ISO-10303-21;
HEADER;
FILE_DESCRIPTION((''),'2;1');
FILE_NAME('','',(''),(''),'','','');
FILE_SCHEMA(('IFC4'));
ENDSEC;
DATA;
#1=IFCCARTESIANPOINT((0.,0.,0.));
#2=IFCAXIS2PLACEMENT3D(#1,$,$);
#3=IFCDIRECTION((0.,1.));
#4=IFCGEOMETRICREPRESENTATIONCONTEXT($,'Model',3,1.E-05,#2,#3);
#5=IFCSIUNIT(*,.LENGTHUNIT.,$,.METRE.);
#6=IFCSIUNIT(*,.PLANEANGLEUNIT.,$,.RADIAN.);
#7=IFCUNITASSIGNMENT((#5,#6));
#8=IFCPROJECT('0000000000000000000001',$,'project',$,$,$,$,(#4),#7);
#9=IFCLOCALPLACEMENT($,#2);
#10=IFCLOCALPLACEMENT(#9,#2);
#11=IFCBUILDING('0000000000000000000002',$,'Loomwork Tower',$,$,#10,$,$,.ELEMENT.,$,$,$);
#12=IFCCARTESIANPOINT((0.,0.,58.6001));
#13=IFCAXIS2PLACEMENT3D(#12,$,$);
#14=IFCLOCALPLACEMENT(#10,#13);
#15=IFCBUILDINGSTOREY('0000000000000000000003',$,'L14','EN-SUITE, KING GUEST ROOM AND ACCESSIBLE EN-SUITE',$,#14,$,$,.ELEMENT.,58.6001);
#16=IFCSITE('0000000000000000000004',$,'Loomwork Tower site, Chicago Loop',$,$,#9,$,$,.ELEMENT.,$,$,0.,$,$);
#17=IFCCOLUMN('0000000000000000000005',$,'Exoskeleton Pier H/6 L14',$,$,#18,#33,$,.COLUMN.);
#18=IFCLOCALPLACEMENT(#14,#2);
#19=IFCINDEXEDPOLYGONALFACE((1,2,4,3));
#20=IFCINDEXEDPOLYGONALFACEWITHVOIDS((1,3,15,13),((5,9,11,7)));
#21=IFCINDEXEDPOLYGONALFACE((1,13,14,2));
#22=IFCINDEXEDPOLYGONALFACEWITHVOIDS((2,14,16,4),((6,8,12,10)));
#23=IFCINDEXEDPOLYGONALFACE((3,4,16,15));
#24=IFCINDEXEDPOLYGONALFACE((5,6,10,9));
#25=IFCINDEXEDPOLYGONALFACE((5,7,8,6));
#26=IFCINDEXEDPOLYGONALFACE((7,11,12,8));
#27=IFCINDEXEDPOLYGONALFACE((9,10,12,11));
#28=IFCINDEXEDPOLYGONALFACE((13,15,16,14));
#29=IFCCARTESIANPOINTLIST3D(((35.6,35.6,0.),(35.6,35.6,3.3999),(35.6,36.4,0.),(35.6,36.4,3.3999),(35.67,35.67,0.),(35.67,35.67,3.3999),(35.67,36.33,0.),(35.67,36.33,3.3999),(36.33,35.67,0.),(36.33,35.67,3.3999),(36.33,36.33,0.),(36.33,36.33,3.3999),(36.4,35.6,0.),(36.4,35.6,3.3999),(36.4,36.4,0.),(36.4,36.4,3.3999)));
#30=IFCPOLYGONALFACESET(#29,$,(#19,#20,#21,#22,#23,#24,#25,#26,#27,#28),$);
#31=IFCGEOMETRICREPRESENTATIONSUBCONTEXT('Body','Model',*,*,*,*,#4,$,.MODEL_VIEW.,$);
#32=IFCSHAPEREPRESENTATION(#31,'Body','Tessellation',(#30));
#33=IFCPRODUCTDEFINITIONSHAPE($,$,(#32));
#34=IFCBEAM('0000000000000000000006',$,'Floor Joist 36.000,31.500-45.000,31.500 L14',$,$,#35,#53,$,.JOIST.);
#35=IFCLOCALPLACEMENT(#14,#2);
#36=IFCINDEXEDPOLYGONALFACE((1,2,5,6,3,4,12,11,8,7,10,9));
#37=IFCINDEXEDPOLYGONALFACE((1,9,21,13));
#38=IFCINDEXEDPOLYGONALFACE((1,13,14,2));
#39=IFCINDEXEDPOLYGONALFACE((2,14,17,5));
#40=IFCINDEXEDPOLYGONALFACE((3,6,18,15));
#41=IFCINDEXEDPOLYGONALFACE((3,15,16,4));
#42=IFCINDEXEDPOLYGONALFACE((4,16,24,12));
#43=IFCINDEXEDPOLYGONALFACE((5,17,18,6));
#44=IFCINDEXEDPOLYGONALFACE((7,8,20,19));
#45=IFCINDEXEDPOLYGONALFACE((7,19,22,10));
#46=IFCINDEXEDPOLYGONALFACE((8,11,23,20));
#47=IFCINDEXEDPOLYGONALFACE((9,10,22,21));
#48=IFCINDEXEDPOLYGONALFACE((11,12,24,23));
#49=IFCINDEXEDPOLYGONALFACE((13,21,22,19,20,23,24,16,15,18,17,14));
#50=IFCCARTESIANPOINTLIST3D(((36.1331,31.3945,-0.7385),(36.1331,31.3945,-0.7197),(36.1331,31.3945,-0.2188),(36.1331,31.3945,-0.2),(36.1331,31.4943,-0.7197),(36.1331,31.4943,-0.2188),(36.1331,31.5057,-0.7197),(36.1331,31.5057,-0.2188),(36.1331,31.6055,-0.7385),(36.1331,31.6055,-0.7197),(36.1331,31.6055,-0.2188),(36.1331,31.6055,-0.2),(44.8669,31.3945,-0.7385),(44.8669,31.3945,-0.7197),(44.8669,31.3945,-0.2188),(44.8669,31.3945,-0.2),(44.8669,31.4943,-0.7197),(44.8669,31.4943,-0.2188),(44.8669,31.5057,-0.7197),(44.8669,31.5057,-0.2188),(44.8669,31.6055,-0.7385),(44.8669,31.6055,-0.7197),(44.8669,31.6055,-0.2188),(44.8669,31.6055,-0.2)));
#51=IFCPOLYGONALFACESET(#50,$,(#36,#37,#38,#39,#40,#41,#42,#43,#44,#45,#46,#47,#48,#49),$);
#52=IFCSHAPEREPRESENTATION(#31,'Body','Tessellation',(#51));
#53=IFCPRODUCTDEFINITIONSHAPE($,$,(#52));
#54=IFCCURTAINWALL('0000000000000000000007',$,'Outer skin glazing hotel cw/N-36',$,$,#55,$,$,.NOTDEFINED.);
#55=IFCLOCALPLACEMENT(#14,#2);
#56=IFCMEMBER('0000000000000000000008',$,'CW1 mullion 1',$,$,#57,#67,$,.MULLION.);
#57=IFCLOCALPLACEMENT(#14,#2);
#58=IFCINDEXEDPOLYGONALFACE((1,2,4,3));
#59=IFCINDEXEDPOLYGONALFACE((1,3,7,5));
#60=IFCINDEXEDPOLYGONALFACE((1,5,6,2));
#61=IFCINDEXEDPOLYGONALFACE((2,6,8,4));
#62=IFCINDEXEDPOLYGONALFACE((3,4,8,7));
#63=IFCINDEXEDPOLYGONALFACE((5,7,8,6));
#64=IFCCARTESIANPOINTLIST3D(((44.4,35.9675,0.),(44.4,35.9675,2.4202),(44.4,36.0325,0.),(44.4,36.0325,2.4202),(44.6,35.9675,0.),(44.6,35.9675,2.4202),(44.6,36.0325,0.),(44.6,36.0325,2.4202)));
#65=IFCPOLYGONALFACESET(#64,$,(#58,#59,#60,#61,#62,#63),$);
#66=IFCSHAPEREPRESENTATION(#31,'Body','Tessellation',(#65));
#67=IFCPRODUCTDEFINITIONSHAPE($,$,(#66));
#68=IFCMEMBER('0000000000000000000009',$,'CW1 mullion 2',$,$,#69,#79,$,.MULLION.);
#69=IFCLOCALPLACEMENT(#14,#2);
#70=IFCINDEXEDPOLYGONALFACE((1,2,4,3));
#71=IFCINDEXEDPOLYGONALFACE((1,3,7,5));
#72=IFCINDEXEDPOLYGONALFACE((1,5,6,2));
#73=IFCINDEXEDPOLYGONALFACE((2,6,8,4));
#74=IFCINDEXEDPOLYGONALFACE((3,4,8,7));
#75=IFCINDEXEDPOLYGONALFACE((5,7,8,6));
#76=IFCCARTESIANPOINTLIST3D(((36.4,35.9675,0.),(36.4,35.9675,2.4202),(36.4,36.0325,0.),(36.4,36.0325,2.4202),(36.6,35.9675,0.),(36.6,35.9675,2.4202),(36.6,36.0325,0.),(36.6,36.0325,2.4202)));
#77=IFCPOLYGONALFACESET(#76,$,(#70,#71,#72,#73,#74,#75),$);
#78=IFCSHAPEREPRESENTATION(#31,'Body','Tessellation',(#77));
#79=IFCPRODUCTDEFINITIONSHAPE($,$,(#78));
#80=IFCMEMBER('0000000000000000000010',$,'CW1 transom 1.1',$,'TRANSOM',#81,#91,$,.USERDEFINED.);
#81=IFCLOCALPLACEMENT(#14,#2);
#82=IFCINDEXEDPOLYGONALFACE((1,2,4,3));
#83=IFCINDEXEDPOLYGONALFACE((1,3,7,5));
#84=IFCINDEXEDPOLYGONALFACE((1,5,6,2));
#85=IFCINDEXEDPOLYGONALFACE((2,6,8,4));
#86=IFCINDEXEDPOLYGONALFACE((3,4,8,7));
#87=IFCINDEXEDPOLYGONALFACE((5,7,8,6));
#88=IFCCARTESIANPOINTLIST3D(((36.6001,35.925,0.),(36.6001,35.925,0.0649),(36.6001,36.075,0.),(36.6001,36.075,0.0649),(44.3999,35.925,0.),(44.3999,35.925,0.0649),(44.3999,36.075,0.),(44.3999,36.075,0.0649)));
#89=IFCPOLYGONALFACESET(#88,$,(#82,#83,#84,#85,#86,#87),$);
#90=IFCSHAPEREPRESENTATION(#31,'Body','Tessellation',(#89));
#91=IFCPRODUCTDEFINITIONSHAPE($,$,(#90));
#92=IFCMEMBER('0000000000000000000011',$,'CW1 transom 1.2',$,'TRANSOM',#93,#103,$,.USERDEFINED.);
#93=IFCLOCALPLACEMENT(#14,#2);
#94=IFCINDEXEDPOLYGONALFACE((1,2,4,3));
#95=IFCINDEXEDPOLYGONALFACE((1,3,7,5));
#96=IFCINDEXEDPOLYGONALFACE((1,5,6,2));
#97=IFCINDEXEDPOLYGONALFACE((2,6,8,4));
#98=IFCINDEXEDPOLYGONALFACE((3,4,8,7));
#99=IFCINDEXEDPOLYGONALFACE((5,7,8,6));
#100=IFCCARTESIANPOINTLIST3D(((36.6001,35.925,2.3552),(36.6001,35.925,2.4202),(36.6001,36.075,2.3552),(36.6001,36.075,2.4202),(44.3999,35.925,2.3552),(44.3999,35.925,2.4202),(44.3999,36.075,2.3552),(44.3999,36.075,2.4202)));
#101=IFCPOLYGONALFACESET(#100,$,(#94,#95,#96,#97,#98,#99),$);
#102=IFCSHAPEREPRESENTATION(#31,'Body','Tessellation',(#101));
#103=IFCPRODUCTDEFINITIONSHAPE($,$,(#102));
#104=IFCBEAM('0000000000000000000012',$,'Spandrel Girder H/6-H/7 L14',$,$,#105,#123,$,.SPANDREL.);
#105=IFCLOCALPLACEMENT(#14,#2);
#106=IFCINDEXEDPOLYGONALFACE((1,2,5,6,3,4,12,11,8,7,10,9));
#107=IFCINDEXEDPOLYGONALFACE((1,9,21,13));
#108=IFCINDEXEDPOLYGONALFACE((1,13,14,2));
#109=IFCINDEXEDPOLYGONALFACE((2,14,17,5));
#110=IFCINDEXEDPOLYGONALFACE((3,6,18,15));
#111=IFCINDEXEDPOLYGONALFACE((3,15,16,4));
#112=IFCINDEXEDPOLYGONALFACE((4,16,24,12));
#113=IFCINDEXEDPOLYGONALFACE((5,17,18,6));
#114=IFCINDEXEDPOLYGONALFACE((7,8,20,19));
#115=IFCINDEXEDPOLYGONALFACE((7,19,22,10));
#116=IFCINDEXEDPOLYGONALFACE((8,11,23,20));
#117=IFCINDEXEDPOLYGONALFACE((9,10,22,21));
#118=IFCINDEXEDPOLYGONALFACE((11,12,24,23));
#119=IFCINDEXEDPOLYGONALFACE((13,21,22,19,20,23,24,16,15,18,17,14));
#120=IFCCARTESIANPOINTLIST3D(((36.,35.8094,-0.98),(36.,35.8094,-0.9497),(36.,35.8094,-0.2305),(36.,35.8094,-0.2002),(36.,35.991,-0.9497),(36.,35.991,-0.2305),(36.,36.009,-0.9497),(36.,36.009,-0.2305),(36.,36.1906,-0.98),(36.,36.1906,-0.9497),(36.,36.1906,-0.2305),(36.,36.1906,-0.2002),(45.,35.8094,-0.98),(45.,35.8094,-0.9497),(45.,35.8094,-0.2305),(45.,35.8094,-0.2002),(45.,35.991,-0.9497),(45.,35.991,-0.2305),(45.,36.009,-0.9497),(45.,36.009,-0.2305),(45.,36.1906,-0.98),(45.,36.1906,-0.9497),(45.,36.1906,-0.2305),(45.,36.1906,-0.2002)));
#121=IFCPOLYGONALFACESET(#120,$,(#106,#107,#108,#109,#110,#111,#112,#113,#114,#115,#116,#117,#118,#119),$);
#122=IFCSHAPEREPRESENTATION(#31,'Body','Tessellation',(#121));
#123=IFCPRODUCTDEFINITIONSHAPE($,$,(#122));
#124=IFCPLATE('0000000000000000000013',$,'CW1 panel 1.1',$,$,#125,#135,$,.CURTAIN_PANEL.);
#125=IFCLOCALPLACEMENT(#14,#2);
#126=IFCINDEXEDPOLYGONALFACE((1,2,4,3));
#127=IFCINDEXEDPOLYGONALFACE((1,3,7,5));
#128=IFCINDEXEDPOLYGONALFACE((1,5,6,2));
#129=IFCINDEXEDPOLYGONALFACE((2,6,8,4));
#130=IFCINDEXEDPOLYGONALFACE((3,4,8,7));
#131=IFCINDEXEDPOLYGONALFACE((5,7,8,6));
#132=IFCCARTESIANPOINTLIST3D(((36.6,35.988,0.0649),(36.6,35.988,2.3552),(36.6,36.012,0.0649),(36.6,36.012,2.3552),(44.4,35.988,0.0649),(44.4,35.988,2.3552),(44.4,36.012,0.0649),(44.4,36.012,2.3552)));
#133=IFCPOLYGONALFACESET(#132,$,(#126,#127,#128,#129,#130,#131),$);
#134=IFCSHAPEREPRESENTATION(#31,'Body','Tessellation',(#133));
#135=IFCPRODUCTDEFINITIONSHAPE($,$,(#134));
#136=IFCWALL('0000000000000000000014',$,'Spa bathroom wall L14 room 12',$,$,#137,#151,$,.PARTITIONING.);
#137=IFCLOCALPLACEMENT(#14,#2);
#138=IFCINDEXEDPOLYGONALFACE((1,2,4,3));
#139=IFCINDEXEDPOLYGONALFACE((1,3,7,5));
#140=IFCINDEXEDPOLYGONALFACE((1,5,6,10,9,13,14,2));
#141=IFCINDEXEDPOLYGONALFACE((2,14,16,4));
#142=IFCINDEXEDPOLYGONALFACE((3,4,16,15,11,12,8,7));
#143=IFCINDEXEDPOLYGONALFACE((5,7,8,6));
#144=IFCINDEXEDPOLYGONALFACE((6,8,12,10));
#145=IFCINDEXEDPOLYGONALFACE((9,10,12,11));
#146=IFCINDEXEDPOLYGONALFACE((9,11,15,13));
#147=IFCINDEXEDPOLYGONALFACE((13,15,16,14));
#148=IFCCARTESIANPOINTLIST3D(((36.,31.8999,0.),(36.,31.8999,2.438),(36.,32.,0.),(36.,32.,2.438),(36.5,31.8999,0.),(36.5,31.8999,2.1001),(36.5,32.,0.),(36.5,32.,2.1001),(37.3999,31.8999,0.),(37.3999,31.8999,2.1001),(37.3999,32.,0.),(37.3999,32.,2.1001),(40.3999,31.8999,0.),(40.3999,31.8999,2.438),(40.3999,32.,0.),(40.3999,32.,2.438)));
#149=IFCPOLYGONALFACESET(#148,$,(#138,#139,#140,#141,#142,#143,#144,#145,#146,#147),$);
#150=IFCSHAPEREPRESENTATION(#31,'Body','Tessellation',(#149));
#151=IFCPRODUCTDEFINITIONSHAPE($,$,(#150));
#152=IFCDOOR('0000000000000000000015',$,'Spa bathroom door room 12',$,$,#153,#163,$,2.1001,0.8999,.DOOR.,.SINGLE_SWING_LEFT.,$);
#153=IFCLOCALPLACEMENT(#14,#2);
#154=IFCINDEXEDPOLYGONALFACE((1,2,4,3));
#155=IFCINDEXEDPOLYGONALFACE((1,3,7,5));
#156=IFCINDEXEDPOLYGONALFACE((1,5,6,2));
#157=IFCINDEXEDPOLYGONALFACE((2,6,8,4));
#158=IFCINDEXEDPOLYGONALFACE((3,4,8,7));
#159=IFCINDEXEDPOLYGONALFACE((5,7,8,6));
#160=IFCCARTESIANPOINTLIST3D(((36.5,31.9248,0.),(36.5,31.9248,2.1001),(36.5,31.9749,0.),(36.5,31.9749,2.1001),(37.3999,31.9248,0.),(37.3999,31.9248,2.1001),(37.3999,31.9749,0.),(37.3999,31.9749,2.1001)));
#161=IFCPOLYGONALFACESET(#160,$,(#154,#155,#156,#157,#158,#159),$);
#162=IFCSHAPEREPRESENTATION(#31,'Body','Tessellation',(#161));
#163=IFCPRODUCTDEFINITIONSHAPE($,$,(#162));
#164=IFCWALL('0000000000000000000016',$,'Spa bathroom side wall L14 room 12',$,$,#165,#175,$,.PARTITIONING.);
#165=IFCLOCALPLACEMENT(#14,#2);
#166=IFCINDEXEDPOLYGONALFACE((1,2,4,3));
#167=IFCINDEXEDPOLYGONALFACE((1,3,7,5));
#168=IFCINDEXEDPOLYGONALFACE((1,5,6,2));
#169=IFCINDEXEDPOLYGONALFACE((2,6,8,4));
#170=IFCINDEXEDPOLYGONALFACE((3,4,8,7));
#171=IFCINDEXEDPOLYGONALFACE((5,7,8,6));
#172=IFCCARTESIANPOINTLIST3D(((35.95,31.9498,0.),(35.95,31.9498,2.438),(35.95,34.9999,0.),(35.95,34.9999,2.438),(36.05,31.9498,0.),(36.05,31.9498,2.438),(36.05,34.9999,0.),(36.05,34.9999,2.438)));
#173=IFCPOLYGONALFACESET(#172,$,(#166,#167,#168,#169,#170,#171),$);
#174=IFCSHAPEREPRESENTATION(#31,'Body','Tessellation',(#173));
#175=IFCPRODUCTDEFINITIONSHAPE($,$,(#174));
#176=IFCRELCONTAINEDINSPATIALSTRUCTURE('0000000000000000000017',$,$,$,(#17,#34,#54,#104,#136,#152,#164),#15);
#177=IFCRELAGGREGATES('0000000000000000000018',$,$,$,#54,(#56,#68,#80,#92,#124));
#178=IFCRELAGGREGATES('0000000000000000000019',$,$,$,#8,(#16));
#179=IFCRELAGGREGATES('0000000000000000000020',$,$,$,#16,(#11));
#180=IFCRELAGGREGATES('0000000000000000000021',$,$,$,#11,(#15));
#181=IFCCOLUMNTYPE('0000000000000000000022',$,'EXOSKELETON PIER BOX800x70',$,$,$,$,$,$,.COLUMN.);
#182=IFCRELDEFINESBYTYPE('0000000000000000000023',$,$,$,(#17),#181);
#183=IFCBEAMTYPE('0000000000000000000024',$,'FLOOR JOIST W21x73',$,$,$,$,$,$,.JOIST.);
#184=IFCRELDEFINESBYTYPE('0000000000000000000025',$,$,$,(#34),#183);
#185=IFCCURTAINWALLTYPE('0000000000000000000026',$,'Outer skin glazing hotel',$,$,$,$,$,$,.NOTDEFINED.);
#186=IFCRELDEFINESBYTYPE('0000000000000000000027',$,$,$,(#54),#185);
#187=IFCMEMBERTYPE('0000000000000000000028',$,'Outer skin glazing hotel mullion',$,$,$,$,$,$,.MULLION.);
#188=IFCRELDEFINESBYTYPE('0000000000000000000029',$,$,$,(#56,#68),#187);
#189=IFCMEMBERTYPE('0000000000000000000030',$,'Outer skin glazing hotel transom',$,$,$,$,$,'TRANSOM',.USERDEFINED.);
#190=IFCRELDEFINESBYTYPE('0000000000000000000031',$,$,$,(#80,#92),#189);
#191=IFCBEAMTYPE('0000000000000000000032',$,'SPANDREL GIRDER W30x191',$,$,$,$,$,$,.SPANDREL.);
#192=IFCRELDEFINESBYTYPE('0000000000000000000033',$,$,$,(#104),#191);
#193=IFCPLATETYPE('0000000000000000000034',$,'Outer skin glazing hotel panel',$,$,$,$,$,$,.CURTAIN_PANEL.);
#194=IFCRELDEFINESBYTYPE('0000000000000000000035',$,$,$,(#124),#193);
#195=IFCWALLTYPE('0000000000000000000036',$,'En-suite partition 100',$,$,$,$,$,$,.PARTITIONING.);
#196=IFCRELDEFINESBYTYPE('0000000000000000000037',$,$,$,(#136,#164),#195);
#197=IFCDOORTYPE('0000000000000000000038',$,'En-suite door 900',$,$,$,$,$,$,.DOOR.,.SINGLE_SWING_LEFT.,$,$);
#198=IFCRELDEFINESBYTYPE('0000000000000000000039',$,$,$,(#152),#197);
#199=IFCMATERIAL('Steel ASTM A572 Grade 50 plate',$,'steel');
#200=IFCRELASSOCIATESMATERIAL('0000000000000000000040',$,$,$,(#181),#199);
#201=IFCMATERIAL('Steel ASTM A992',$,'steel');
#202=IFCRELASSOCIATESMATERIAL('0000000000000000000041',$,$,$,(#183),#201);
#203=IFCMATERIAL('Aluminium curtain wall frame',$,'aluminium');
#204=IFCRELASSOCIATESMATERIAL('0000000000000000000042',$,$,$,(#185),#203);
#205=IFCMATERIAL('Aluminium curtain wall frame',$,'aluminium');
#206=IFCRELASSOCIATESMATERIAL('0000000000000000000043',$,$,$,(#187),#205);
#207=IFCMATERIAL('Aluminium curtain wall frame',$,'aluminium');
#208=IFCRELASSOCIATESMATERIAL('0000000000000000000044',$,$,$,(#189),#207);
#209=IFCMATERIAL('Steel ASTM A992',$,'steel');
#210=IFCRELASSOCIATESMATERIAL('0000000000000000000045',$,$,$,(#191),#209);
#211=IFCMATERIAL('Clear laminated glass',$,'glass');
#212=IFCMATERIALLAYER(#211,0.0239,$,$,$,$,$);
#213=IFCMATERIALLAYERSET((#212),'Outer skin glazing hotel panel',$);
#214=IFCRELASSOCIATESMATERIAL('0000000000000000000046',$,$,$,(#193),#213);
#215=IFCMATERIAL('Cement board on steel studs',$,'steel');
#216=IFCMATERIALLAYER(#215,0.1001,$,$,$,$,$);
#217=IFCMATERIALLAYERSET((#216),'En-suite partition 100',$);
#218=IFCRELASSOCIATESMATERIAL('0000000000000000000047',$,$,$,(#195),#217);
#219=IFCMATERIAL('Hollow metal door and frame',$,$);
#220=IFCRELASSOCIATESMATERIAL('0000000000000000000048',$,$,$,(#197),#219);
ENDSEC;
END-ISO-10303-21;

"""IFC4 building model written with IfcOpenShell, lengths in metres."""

from ifc_helpers import new_model, si_unit, direction, frame, frame_2d, origin, origin_2d, place, context, subcontext, project, spatial, rectangle, hollow_rectangle, i_section, extrude, material, layer, layer_set, material_profile, profile_set, type_object, element, fill, aggregate, save


model = new_model("IFC4")

# Units and contexts
model_context = context("Model", 3, precision=1e-05, world=origin(), true_north=direction((0.0, 1.0)))
body_context = subcontext(model_context, "Body", "Model", "MODEL_VIEW")
ifc_project = project(units=[si_unit("LENGTHUNIT", "METRE"), si_unit("PLANEANGLEUNIT", "RADIAN")], contexts=[model_context])

# Site, building, storey
site_placement = place(None, origin())
site = spatial("IfcSite", under=ifc_project, at=site_placement, Name="Loomwork Tower site, Chicago Loop", CompositionType="ELEMENT", RefElevation=0.0)
building_placement = place(site_placement, origin())
building = spatial("IfcBuilding", under=site, at=building_placement, Name="Loomwork Tower", CompositionType="ELEMENT")
storey_placement = place(building_placement, frame((0.0, 0.0, 58.6001)))
storey = spatial("IfcBuildingStorey", under=building, at=storey_placement, Name="L14", Description="EN-SUITE, KING GUEST ROOM AND ACCESSIBLE EN-SUITE", CompositionType="ELEMENT", Elevation=58.6001)

# Column
ifc_material_1 = material(Name="Steel ASTM A572 Grade 50 plate", Category="steel")
ifc_material_profile_1 = material_profile(ifc_material_1, hollow_rectangle(XDim=0.8, YDim=0.8, WallThickness=0.0701, at=origin_2d()), Name="BOX800x70")
ifc_profile_set_1 = profile_set([ifc_material_profile_1], Name="Steel ASTM A572 Grade 50 plate")
column_type = type_object("IfcColumnType", Name="EXOSKELETON PIER BOX800x70", PredefinedType="COLUMN", material=ifc_profile_set_1)
column_placement = place(storey_placement, frame((36.0, 36.0, 0.0), z_axis=(0.0, 0.0, 1.0), x_axis=(1.0, 0.0, 0.0)))
element("IfcColumn", 1, at=column_placement, inside=storey, type_object=column_type, Name="Exoskeleton Pier H/6 L14", PredefinedType="COLUMN", context=body_context, shape_type="SweptSolid", body=[
    extrude(hollow_rectangle(XDim=0.8, YDim=0.8, WallThickness=0.0701, at=origin_2d()), origin(), (0.0, 0.0, 1.0), 3.3999),
])

# Beam
ifc_material_2 = material(Name="Steel ASTM A992", Category="steel")
ifc_material_profile_2 = material_profile(ifc_material_2, i_section(OverallWidth=0.2109, OverallDepth=0.5386, WebThickness=0.0115, FlangeThickness=0.0188, at=origin_2d()), Name="W21x73")
ifc_profile_set_2 = profile_set([ifc_material_profile_2], Name="Steel ASTM A992")
beam_type_1 = type_object("IfcBeamType", Name="FLOOR JOIST W21x73", PredefinedType="JOIST", material=ifc_profile_set_2)
beam_1_placement = place(storey_placement, frame((36.1331, 31.5, -0.4692), z_axis=(1.0, 0.0, 0.0), x_axis=(0.0, 1.0, 0.0)))
element("IfcBeam", 2, at=beam_1_placement, inside=storey, type_object=beam_type_1, Name="Floor Joist 36.000,31.500-45.000,31.500 L14", PredefinedType="JOIST", context=body_context, shape_type="SweptSolid", body=[
    extrude(i_section(OverallWidth=0.2109, OverallDepth=0.5386, WebThickness=0.0115, FlangeThickness=0.0188, at=origin_2d()), origin(), (0.0, 0.0, 1.0), 8.7339),
])

# Curtain wall, members
ifc_material_3 = material(Name="Aluminium curtain wall frame", Category="aluminium")
curtain_wall_type = type_object("IfcCurtainWallType", Name="Outer skin glazing hotel", PredefinedType="NOTDEFINED", material=ifc_material_3)
curtain_wall_placement = place(storey_placement, origin())
curtain_wall = element("IfcCurtainWall", 3, at=curtain_wall_placement, inside=storey, type_object=curtain_wall_type, Name="Outer skin glazing hotel cw/N-36", PredefinedType="NOTDEFINED")
ifc_material_4 = material(Name="Aluminium curtain wall frame", Category="aluminium")
ifc_material_profile_3 = material_profile(ifc_material_4, rectangle(XDim=0.0649, YDim=0.2, at=origin_2d()), Name="AL 65x200")
ifc_profile_set_3 = profile_set([ifc_material_profile_3], Name="Aluminium curtain wall frame")
member_type_1 = type_object("IfcMemberType", Name="Outer skin glazing hotel mullion", PredefinedType="MULLION", material=ifc_profile_set_3)
member_1_placement = place(storey_placement, frame((44.5, 36.0, 0.0), z_axis=(0.0, 0.0, 1.0), x_axis=(0.0, -1.0, 0.0)))
member_1 = element("IfcMember", 4, at=member_1_placement, type_object=member_type_1, Name="CW1 mullion 1", PredefinedType="MULLION", context=body_context, shape_type="SweptSolid", body=[
    extrude(rectangle(XDim=0.0649, YDim=0.2, at=origin_2d()), origin(), (0.0, 0.0, 1.0), 2.4202),
])
member_2_placement = place(storey_placement, frame((36.5, 36.0, 0.0), z_axis=(0.0, 0.0, 1.0), x_axis=(0.0, -1.0, 0.0)))
member_2 = element("IfcMember", 5, at=member_2_placement, type_object=member_type_1, Name="CW1 mullion 2", PredefinedType="MULLION", context=body_context, shape_type="SweptSolid", body=[
    extrude(rectangle(XDim=0.0649, YDim=0.2, at=origin_2d()), origin(), (0.0, 0.0, 1.0), 2.4202),
])
ifc_material_5 = material(Name="Aluminium curtain wall frame", Category="aluminium")
ifc_material_profile_4 = material_profile(ifc_material_5, rectangle(XDim=0.1499, YDim=0.0649, at=origin_2d()), Name="AL 65x150")
ifc_profile_set_4 = profile_set([ifc_material_profile_4], Name="Aluminium curtain wall frame")
member_type_2 = type_object("IfcMemberType", Name="Outer skin glazing hotel transom", ElementType="TRANSOM", PredefinedType="USERDEFINED", material=ifc_profile_set_4)
member_3_placement = place(storey_placement, frame((44.3999, 36.0, 0.0325), z_axis=(-1.0, 0.0, 0.0), x_axis=(0.0, -1.0, 0.0)))
member_3 = element("IfcMember", 6, at=member_3_placement, type_object=member_type_2, Name="CW1 transom 1.1", ObjectType="TRANSOM", PredefinedType="USERDEFINED", context=body_context, shape_type="SweptSolid", body=[
    extrude(rectangle(XDim=0.1499, YDim=0.0649, at=origin_2d()), origin(), (0.0, 0.0, 1.0), 7.7998),
])
member_4_placement = place(storey_placement, frame((44.3999, 36.0, 2.3877), z_axis=(-1.0, 0.0, 0.0), x_axis=(0.0, -1.0, 0.0)))
member_4 = element("IfcMember", 7, at=member_4_placement, type_object=member_type_2, Name="CW1 transom 1.2", ObjectType="TRANSOM", PredefinedType="USERDEFINED", context=body_context, shape_type="SweptSolid", body=[
    extrude(rectangle(XDim=0.1499, YDim=0.0649, at=origin_2d()), origin(), (0.0, 0.0, 1.0), 7.7998),
])

# Beam
ifc_material_6 = material(Name="Steel ASTM A992", Category="steel")
ifc_material_profile_5 = material_profile(ifc_material_6, i_section(OverallWidth=0.3811, OverallDepth=0.7798, WebThickness=0.0181, FlangeThickness=0.0303, at=origin_2d()), Name="W30x191")
ifc_profile_set_5 = profile_set([ifc_material_profile_5], Name="Steel ASTM A992")
beam_type_2 = type_object("IfcBeamType", Name="SPANDREL GIRDER W30x191", PredefinedType="SPANDREL", material=ifc_profile_set_5)
beam_2_placement = place(storey_placement, frame((36.0, 36.0, -0.5901), z_axis=(1.0, 0.0, 0.0), x_axis=(0.0, 1.0, 0.0)))
element("IfcBeam", 8, at=beam_2_placement, inside=storey, type_object=beam_type_2, Name="Spandrel Girder H/6-H/7 L14", PredefinedType="SPANDREL", context=body_context, shape_type="SweptSolid", body=[
    extrude(i_section(OverallWidth=0.3811, OverallDepth=0.7798, WebThickness=0.0181, FlangeThickness=0.0303, at=origin_2d()), origin(), (0.0, 0.0, 1.0), 9.0),
])

# Plate
ifc_material_7 = material(Name="Clear laminated glass", Category="glass")
ifc_layer_1 = layer(ifc_material_7, 0.0239)
ifc_layer_set_1 = layer_set([ifc_layer_1], Name="Outer skin glazing hotel panel")
plate_type = type_object("IfcPlateType", Name="Outer skin glazing hotel panel", PredefinedType="CURTAIN_PANEL", material=ifc_layer_set_1)
plate_placement = place(storey_placement, frame((40.5, 36.0, 0.0649), z_axis=(0.0, 0.0, 1.0), x_axis=(-1.0, 0.0, 0.0)))
plate = element("IfcPlate", 9, at=plate_placement, type_object=plate_type, Name="CW1 panel 1.1", PredefinedType="CURTAIN_PANEL", context=body_context, shape_type="SweptSolid", body=[
    extrude(rectangle(XDim=7.8, YDim=0.0239, at=origin_2d()), origin(), (0.0, 0.0, 1.0), 2.2903),
])
aggregate(curtain_wall, [member_1, member_2, member_3, member_4, plate])

# Wall, opening, door
ifc_material_8 = material(Name="Cement board on steel studs", Category="steel")
ifc_layer_2 = layer(ifc_material_8, 0.1001)
ifc_layer_set_2 = layer_set([ifc_layer_2], Name="En-suite partition 100")
wall_type_1 = type_object("IfcWallType", Name="En-suite partition 100", PredefinedType="PARTITIONING", material=ifc_layer_set_2)
wall_1_placement = place(storey_placement, frame((36.0, 31.95, 0.0), z_axis=(0.0, 0.0, 1.0), x_axis=(1.0, 0.0, 0.0)))
wall_1 = element("IfcWall", 10, at=wall_1_placement, inside=storey, type_object=wall_type_1, Name="Spa bathroom wall L14 room 12", PredefinedType="PARTITIONING", context=body_context, shape_type="SweptSolid", body=[
    extrude(rectangle(XDim=4.3999, YDim=0.1001, at=frame_2d((2.2, 0.0))), origin(), (0.0, 0.0, 1.0), 2.438),
])
opening_1_placement = place(wall_1_placement, frame((0.5, 0.0, 0.0)))
opening_1 = element("IfcOpeningElement", 11, at=opening_1_placement, cuts=wall_1, PredefinedType="OPENING", context=body_context, shape_type="SweptSolid", body=[
    extrude(rectangle(XDim=0.8999, YDim=2.1001, at=frame_2d((0.45, 1.05))), frame((0.0, 0.0601, 0.0), z_axis=(0.0, -1.0, 0.0), x_axis=(1.0, 0.0, 0.0)), (0.0, 0.0, 1.0), 0.1201),
])
ifc_material_9 = material(Name="Hollow metal door and frame")
door_type = type_object("IfcDoorType", Name="En-suite door 900", OperationType="SINGLE_SWING_LEFT", PredefinedType="DOOR", material=ifc_material_9)
door_placement = place(opening_1_placement, origin())
door = element("IfcDoor", 12, at=door_placement, inside=storey, type_object=door_type, Name="Spa bathroom door room 12", OperationType="SINGLE_SWING_LEFT", OverallHeight=2.1001, OverallWidth=0.8999, PredefinedType="DOOR", context=body_context, shape_type="SweptSolid", body=[
    extrude(rectangle(XDim=0.8999, YDim=2.1001, at=frame_2d((0.45, 1.05))), frame((0.0, 0.0249, 0.0), z_axis=(0.0, -1.0, 0.0), x_axis=(1.0, 0.0, 0.0)), (0.0, 0.0, 1.0), 0.05),
])
fill(opening_1, door)

# Wall
wall_2_placement = place(storey_placement, frame((36.0, 31.95, 0.0), z_axis=(0.0, 0.0, 1.0), x_axis=(0.0, 1.0, 0.0)))
element("IfcWall", 13, at=wall_2_placement, inside=storey, type_object=wall_type_1, Name="Spa bathroom side wall L14 room 12", PredefinedType="PARTITIONING", context=body_context, shape_type="SweptSolid", body=[
    extrude(rectangle(XDim=3.05, YDim=0.1001, at=frame_2d((1.5249, 0.0))), origin(), (0.0, 0.0, 1.0), 2.438),
])

save(model, "model.ifc")
